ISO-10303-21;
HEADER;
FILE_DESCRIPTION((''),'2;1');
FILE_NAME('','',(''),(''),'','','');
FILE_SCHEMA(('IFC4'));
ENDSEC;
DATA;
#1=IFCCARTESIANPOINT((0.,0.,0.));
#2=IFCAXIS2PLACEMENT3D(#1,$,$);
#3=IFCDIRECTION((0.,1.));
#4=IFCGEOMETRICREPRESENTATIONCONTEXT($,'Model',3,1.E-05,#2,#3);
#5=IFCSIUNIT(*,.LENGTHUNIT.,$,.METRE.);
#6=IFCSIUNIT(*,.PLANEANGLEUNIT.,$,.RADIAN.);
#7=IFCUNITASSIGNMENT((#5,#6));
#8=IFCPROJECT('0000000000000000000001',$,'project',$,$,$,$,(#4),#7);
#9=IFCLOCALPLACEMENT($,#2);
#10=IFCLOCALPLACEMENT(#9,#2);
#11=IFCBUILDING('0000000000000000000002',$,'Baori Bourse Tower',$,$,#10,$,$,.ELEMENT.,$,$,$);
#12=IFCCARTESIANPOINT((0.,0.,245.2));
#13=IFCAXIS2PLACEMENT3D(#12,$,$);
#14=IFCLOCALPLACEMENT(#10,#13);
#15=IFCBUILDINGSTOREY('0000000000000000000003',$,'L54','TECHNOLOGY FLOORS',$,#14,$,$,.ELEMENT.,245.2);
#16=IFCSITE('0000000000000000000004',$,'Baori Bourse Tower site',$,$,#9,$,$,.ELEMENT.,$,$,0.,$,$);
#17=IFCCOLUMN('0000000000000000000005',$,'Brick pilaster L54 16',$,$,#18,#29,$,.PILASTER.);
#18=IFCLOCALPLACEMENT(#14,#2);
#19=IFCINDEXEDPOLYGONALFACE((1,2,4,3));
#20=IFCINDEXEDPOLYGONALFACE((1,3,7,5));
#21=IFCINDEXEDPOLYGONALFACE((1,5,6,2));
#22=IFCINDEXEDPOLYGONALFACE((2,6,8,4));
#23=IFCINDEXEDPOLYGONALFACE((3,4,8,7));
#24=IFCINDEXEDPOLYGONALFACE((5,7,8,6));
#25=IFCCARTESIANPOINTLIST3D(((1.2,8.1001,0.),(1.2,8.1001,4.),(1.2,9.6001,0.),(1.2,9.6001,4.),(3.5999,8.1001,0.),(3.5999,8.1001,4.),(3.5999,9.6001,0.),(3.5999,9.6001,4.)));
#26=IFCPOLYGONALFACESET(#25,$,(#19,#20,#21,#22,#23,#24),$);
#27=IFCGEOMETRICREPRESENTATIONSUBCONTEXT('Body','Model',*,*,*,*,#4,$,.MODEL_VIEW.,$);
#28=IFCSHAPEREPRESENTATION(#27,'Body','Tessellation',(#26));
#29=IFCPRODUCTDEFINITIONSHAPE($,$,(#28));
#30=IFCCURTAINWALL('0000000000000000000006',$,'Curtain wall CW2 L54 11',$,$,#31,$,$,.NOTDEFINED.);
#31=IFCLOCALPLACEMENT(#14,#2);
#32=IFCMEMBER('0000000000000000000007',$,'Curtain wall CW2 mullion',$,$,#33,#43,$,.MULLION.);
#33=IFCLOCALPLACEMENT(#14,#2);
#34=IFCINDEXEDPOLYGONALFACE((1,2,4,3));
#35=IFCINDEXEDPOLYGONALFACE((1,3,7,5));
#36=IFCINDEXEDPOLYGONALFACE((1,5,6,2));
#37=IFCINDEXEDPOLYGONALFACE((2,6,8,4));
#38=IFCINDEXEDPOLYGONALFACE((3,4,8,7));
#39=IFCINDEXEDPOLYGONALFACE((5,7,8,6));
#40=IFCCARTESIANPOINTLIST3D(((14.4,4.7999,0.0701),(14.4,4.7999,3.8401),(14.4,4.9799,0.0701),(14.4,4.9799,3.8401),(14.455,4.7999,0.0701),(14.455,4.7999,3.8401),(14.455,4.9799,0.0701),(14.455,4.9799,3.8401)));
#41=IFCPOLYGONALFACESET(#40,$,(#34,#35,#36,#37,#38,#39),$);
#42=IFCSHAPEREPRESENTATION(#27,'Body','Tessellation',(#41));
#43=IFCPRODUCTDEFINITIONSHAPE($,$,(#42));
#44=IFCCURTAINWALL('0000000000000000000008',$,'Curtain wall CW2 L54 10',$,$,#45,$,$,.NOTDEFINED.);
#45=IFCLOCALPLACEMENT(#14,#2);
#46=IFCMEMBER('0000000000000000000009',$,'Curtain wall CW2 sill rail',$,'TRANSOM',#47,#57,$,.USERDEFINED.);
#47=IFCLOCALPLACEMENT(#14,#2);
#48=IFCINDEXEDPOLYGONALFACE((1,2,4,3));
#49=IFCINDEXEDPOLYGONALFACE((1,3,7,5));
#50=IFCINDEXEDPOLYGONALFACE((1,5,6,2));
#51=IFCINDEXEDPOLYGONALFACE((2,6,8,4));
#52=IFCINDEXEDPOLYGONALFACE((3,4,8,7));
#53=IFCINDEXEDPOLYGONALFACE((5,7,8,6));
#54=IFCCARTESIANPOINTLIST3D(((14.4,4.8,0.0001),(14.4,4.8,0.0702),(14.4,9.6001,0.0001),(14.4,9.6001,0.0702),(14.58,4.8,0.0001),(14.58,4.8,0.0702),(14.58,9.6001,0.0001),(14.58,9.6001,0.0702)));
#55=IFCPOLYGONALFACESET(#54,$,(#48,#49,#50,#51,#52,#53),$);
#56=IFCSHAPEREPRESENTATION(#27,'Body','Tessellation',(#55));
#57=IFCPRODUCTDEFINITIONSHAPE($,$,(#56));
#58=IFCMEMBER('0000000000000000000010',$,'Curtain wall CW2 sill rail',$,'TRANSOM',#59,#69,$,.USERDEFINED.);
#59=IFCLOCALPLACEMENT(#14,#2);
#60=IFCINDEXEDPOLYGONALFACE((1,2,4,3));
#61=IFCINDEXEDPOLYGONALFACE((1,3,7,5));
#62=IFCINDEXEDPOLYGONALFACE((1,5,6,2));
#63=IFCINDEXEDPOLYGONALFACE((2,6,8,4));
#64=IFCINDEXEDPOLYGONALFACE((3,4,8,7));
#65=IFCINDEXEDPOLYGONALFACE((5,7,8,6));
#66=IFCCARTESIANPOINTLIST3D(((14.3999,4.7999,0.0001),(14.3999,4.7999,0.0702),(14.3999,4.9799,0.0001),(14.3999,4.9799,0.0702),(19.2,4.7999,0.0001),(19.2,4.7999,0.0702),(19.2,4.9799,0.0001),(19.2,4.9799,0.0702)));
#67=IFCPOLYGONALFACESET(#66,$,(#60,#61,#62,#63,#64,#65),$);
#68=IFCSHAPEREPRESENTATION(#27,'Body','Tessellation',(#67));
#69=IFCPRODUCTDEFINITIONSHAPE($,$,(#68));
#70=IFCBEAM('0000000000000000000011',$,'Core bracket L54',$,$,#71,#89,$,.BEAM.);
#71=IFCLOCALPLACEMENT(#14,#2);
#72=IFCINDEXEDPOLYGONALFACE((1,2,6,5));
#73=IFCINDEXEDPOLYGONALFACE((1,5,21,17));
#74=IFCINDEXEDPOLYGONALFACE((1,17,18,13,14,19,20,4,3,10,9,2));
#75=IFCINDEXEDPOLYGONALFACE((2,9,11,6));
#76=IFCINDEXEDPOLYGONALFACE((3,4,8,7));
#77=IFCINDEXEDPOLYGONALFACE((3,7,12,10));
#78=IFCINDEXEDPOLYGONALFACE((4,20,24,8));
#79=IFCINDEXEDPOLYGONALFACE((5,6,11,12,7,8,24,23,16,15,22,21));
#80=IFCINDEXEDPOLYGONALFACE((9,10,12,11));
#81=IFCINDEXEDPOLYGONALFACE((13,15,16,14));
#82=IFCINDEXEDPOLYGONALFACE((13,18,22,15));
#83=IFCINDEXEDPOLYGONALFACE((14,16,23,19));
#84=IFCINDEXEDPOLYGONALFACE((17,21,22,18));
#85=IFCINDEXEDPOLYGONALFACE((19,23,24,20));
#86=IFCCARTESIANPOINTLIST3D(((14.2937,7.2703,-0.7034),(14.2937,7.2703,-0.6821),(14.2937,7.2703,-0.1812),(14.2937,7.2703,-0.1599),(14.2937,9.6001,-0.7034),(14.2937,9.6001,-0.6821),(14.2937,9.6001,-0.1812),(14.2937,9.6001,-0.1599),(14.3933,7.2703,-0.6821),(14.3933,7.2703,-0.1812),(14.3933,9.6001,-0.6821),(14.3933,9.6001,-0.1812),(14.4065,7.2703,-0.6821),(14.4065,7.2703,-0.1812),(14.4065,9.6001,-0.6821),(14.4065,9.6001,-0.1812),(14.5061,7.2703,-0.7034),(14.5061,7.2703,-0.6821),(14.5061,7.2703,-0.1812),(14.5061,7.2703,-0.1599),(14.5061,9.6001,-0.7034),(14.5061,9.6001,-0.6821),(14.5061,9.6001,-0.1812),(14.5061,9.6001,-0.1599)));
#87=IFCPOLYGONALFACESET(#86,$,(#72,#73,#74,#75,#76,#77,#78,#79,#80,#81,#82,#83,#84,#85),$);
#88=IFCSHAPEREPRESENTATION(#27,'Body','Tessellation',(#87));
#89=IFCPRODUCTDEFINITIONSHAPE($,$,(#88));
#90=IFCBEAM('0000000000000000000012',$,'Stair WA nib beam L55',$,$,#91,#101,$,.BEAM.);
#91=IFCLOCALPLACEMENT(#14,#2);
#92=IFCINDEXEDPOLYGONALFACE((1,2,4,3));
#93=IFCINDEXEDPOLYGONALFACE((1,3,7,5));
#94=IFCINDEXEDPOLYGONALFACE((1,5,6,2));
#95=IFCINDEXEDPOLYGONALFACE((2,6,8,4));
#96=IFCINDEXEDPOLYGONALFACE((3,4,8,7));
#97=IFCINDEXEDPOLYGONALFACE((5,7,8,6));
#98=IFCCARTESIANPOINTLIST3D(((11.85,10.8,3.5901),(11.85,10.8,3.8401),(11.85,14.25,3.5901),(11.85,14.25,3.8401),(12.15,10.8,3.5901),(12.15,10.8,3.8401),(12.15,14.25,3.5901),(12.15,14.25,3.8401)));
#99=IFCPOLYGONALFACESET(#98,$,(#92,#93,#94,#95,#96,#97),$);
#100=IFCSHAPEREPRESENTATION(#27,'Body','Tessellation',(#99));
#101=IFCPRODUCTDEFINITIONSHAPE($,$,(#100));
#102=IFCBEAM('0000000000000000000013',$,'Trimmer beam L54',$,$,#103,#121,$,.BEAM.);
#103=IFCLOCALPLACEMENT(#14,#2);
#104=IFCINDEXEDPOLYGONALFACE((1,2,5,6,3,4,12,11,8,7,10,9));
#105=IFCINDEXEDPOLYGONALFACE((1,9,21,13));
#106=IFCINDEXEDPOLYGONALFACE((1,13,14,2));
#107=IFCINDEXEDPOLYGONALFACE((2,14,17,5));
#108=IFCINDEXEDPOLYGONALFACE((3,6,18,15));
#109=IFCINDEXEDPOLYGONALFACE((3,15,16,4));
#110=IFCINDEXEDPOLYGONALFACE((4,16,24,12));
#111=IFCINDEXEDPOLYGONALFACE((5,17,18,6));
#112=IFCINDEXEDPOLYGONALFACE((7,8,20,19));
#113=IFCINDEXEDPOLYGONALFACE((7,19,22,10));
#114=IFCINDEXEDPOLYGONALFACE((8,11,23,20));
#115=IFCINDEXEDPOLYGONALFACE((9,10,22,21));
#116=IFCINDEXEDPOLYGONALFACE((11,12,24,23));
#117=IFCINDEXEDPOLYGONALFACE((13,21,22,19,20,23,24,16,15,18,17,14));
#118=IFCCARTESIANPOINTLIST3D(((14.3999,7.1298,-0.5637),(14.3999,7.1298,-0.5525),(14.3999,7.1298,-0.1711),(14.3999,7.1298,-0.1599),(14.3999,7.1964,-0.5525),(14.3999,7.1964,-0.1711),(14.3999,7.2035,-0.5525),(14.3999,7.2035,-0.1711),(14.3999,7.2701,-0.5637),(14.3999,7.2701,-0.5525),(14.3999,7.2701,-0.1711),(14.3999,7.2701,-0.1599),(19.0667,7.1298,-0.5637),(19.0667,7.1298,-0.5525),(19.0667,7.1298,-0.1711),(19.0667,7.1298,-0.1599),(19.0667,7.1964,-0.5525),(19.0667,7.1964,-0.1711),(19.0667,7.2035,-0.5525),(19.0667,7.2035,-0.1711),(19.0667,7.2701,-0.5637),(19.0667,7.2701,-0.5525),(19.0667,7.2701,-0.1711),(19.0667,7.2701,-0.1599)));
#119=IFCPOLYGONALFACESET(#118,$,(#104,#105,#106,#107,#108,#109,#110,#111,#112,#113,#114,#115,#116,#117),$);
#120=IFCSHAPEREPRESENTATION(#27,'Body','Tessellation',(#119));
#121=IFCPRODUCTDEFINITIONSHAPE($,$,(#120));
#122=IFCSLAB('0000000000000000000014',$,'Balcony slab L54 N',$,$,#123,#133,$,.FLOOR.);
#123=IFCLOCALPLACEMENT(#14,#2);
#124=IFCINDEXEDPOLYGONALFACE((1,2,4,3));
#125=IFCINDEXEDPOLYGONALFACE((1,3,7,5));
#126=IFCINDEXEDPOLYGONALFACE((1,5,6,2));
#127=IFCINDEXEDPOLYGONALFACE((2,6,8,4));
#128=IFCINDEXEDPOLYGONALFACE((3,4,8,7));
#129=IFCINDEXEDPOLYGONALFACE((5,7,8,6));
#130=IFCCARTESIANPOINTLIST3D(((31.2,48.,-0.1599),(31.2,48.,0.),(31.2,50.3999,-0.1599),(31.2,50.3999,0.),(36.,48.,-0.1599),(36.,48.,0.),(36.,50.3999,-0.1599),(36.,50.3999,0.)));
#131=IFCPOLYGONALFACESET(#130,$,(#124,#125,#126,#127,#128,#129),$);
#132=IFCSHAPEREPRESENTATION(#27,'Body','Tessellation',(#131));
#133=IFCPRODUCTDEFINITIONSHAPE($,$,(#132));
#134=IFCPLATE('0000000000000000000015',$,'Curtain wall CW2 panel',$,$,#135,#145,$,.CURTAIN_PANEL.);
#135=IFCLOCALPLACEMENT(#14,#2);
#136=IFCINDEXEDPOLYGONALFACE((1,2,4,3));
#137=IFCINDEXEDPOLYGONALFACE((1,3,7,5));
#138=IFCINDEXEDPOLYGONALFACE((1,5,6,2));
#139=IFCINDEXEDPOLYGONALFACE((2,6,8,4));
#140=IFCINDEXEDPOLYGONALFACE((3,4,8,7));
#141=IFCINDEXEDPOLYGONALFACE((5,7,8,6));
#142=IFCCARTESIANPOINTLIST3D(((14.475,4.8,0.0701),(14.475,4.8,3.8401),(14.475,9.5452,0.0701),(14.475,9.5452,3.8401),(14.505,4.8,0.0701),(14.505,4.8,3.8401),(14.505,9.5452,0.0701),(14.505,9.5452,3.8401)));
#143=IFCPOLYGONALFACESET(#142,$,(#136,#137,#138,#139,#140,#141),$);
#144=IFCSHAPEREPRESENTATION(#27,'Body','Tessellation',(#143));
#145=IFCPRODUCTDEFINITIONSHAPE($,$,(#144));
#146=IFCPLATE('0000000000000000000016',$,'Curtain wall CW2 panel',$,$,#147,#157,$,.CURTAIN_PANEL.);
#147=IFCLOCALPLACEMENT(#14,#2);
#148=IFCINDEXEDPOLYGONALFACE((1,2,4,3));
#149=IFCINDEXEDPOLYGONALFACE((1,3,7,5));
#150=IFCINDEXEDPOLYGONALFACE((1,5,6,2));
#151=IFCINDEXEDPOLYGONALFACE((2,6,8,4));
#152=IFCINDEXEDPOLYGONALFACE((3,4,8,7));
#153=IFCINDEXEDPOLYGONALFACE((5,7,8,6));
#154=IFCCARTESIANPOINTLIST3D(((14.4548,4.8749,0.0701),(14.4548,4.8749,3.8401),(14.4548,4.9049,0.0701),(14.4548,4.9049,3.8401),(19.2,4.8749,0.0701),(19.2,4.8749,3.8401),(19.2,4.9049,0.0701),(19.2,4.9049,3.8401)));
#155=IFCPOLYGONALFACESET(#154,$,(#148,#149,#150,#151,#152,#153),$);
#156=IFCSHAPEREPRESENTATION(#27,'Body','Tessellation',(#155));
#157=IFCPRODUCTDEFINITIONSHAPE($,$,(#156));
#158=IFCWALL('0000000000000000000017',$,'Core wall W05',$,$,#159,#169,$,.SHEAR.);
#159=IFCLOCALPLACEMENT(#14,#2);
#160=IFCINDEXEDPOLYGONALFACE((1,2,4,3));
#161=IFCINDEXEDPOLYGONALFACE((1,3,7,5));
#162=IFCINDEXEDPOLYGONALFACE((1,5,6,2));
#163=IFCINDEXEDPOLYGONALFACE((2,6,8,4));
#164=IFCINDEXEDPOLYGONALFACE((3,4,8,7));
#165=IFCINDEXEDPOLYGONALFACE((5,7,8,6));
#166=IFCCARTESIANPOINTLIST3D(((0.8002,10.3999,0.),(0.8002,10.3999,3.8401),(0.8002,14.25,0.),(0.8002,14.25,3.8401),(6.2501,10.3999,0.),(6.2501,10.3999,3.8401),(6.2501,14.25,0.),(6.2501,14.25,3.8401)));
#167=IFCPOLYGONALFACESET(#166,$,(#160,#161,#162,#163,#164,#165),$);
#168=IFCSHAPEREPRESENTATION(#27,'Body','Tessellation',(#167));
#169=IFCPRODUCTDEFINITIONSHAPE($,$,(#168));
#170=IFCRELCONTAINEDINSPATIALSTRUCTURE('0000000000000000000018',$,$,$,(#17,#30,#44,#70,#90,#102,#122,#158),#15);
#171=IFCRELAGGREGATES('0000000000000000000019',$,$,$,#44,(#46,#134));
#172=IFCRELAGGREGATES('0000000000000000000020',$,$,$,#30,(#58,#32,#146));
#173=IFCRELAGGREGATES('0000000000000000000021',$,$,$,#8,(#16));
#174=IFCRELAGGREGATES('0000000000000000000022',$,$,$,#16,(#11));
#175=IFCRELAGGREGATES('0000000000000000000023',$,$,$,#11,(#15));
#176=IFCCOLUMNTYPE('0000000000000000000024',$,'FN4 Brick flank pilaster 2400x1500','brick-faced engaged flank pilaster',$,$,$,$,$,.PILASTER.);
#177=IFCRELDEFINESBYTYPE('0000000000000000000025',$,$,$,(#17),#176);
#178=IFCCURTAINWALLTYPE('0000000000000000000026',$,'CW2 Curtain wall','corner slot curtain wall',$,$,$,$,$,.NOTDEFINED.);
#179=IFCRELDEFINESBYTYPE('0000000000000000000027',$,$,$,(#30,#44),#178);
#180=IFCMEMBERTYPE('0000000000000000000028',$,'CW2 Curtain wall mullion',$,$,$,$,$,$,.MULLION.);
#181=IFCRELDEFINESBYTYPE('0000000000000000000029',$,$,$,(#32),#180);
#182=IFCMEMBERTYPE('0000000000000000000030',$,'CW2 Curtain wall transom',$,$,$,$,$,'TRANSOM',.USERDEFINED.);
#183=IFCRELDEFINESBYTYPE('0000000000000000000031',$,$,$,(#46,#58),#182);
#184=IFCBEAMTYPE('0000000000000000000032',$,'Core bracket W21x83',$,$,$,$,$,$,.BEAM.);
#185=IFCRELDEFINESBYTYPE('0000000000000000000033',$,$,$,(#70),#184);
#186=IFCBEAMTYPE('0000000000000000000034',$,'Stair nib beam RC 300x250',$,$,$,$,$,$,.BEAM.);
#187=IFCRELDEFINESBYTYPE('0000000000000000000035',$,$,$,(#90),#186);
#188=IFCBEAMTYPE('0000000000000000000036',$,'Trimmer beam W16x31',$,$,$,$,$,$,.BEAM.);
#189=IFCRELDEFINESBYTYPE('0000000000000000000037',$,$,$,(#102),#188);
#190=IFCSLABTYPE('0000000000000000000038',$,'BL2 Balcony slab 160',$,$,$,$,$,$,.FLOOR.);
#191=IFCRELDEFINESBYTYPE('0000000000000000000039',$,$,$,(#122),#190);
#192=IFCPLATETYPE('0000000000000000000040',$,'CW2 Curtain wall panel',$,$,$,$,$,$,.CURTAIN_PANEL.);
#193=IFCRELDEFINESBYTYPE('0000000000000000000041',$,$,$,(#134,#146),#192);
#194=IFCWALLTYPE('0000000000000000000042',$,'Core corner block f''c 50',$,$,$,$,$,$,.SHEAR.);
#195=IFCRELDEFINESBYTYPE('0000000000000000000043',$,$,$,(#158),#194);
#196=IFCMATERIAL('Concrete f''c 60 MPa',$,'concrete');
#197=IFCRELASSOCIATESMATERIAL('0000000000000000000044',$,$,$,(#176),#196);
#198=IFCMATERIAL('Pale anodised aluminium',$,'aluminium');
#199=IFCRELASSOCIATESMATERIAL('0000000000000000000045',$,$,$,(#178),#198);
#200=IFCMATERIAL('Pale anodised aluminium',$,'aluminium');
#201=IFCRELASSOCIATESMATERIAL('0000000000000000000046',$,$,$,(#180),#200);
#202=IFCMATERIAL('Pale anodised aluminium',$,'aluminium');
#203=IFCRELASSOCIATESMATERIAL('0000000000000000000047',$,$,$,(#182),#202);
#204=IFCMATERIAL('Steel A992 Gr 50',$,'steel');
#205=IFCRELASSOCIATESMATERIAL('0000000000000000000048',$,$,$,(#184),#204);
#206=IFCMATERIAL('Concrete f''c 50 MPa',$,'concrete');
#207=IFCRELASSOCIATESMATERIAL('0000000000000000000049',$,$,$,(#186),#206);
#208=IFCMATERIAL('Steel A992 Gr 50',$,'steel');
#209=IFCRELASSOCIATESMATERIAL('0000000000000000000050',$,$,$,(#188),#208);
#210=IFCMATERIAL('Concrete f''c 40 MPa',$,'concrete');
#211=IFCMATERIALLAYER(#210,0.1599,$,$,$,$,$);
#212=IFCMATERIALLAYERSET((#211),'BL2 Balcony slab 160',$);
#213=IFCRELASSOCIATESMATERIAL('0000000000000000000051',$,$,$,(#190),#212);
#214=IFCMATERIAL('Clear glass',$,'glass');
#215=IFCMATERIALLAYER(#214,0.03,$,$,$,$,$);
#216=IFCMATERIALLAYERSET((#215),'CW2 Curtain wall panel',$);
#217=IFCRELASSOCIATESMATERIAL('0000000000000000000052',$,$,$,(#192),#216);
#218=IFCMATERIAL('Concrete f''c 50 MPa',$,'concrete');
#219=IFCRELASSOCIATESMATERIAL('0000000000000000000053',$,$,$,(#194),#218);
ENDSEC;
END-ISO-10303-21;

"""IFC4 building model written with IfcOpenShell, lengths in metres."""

from ifc_helpers import new_model, si_unit, direction, frame, frame_2d, origin, origin_2d, place, context, subcontext, project, spatial, polyline, rectangle, i_section, outline, extrude, material, layer, layer_set, material_profile, profile_set, type_object, element, aggregate, save


model = new_model("IFC4")

# Units and contexts
model_context = context("Model", 3, precision=1e-05, world=origin(), true_north=direction((0.0, 1.0)))
body_context = subcontext(model_context, "Body", "Model", "MODEL_VIEW")
ifc_project = project(units=[si_unit("LENGTHUNIT", "METRE"), si_unit("PLANEANGLEUNIT", "RADIAN")], contexts=[model_context])

# Site, building, storey
site_placement = place(None, origin())
site = spatial("IfcSite", under=ifc_project, at=site_placement, Name="Baori Bourse Tower site", CompositionType="ELEMENT", RefElevation=0.0)
building_placement = place(site_placement, origin())
building = spatial("IfcBuilding", under=site, at=building_placement, Name="Baori Bourse Tower", CompositionType="ELEMENT")
storey_placement = place(building_placement, frame((0.0, 0.0, 245.2)))
storey = spatial("IfcBuildingStorey", under=building, at=storey_placement, Name="L54", Description="TECHNOLOGY FLOORS", CompositionType="ELEMENT", Elevation=245.2)

# Column
ifc_material_1 = material(Name="Concrete f'c 60 MPa", Category="concrete")
ifc_material_profile_1 = material_profile(ifc_material_1, rectangle(XDim=2.3999, YDim=1.5, at=origin_2d()), Name="RC 2400x1500")
ifc_profile_set_1 = profile_set([ifc_material_profile_1], Name="Concrete f'c 60 MPa")
column_type = type_object("IfcColumnType", Name="FN4 Brick flank pilaster 2400x1500", Description="brick-faced engaged flank pilaster", PredefinedType="PILASTER", material=ifc_profile_set_1)
column_placement = place(storey_placement, frame((2.3999, 8.8501, 0.0), z_axis=(0.0, 0.0, 1.0), x_axis=(1.0, 0.0, 0.0)))
element("IfcColumn", 1, at=column_placement, inside=storey, type_object=column_type, Name="Brick pilaster L54 16", PredefinedType="PILASTER", context=body_context, shape_type="SweptSolid", body=[
    extrude(rectangle(XDim=2.3999, YDim=1.5, at=origin_2d()), origin(), (0.0, 0.0, 1.0), 4.0),
])

# Curtain walls, members
ifc_material_2 = material(Name="Pale anodised aluminium", Category="aluminium")
curtain_wall_type = type_object("IfcCurtainWallType", Name="CW2 Curtain wall", Description="corner slot curtain wall", PredefinedType="NOTDEFINED", material=ifc_material_2)
curtain_wall_1_placement = place(storey_placement, origin())
curtain_wall_1 = element("IfcCurtainWall", 2, at=curtain_wall_1_placement, inside=storey, type_object=curtain_wall_type, Name="Curtain wall CW2 L54 11", PredefinedType="NOTDEFINED")
ifc_material_3 = material(Name="Pale anodised aluminium", Category="aluminium")
ifc_material_profile_2 = material_profile(ifc_material_3, rectangle(XDim=0.1799, YDim=0.0549, at=origin_2d()), Name="Mullion 55x180")
ifc_profile_set_2 = profile_set([ifc_material_profile_2], Name="Pale anodised aluminium")
member_type_1 = type_object("IfcMemberType", Name="CW2 Curtain wall mullion", PredefinedType="MULLION", material=ifc_profile_set_2)
member_1_placement = place(storey_placement, frame((14.4275, 4.8899, 0.0701), z_axis=(0.0, 0.0, 1.0), x_axis=(0.0, 1.0, 0.0)))
member_1 = element("IfcMember", 3, at=member_1_placement, type_object=member_type_1, Name="Curtain wall CW2 mullion", PredefinedType="MULLION", context=body_context, shape_type="SweptSolid", body=[
    extrude(rectangle(XDim=0.1799, YDim=0.0549, at=origin_2d()), origin(), (0.0, 0.0, 1.0), 3.77),
])
curtain_wall_2_placement = place(storey_placement, origin())
curtain_wall_2 = element("IfcCurtainWall", 4, at=curtain_wall_2_placement, inside=storey, type_object=curtain_wall_type, Name="Curtain wall CW2 L54 10", PredefinedType="NOTDEFINED")
ifc_material_4 = material(Name="Pale anodised aluminium", Category="aluminium")
ifc_material_profile_3 = material_profile(ifc_material_4, rectangle(XDim=0.1799, YDim=0.0701, at=origin_2d()), Name="Transom 70x180")
ifc_profile_set_3 = profile_set([ifc_material_profile_3], Name="Pale anodised aluminium")
member_type_2 = type_object("IfcMemberType", Name="CW2 Curtain wall transom", ElementType="TRANSOM", PredefinedType="USERDEFINED", material=ifc_profile_set_3)
member_2_placement = place(storey_placement, frame((14.49, 9.6001, 0.0352), z_axis=(0.0, -1.0, 0.0), x_axis=(1.0, 0.0, 0.0)))
member_2 = element("IfcMember", 5, at=member_2_placement, type_object=member_type_2, Name="Curtain wall CW2 sill rail", ObjectType="TRANSOM", PredefinedType="USERDEFINED", context=body_context, shape_type="SweptSolid", body=[
    extrude(rectangle(XDim=0.1799, YDim=0.0701, at=origin_2d()), origin(), (0.0, 0.0, 1.0), 4.8),
])

# Member
member_3_placement = place(storey_placement, frame((14.3999, 4.8899, 0.0352), z_axis=(1.0, 0.0, 0.0), x_axis=(0.0, 1.0, 0.0)))
member_3 = element("IfcMember", 6, at=member_3_placement, type_object=member_type_2, Name="Curtain wall CW2 sill rail", ObjectType="TRANSOM", PredefinedType="USERDEFINED", context=body_context, shape_type="SweptSolid", body=[
    extrude(rectangle(XDim=0.1799, YDim=0.0701, at=origin_2d()), origin(), (0.0, 0.0, 1.0), 4.8),
])

# Beams
ifc_material_5 = material(Name="Steel A992 Gr 50", Category="steel")
ifc_material_profile_4 = material_profile(ifc_material_5, i_section(OverallWidth=0.2124, OverallDepth=0.5435, WebThickness=0.0132, FlangeThickness=0.0212, at=origin_2d()), Name="W21x83")
ifc_profile_set_4 = profile_set([ifc_material_profile_4], Name="Steel A992 Gr 50")
beam_type_1 = type_object("IfcBeamType", Name="Core bracket W21x83", PredefinedType="BEAM", material=ifc_profile_set_4)
beam_1_placement = place(storey_placement, frame((14.3999, 7.2703, -0.4316), z_axis=(0.0, 1.0, 0.0), x_axis=(-1.0, 0.0, 0.0)))
element("IfcBeam", 7, at=beam_1_placement, inside=storey, type_object=beam_type_1, Name="Core bracket L54", PredefinedType="BEAM", context=body_context, shape_type="SweptSolid", body=[
    extrude(i_section(OverallWidth=0.2124, OverallDepth=0.5435, WebThickness=0.0132, FlangeThickness=0.0212, at=origin_2d()), origin(), (0.0, 0.0, 1.0), 2.3298),
])
ifc_material_6 = material(Name="Concrete f'c 50 MPa", Category="concrete")
ifc_material_profile_5 = material_profile(ifc_material_6, rectangle(XDim=0.3, YDim=0.25, at=origin_2d()), Name="RC 300x250")
ifc_profile_set_5 = profile_set([ifc_material_profile_5], Name="Concrete f'c 50 MPa")
beam_type_2 = type_object("IfcBeamType", Name="Stair nib beam RC 300x250", PredefinedType="BEAM", material=ifc_profile_set_5)
beam_2_placement = place(storey_placement, frame((12.0, 10.8, 3.7151), z_axis=(0.0, 1.0, 0.0), x_axis=(-1.0, 0.0, 0.0)))
element("IfcBeam", 8, at=beam_2_placement, inside=storey, type_object=beam_type_2, Name="Stair WA nib beam L55", PredefinedType="BEAM", context=body_context, shape_type="SweptSolid", body=[
    extrude(rectangle(XDim=0.3, YDim=0.25, at=origin_2d()), origin(), (0.0, 0.0, 1.0), 3.45),
])
ifc_material_7 = material(Name="Steel A992 Gr 50", Category="steel")
ifc_material_profile_6 = material_profile(ifc_material_7, i_section(OverallWidth=0.1404, OverallDepth=0.4038, WebThickness=0.0071, FlangeThickness=0.0112, at=origin_2d()), Name="W16x31")
ifc_profile_set_6 = profile_set([ifc_material_profile_6], Name="Steel A992 Gr 50")
beam_type_3 = type_object("IfcBeamType", Name="Trimmer beam W16x31", PredefinedType="BEAM", material=ifc_profile_set_6)
beam_3_placement = place(storey_placement, frame((14.3999, 7.2, -0.3618), z_axis=(1.0, 0.0, 0.0), x_axis=(0.0, 1.0, 0.0)))
element("IfcBeam", 9, at=beam_3_placement, inside=storey, type_object=beam_type_3, Name="Trimmer beam L54", PredefinedType="BEAM", context=body_context, shape_type="SweptSolid", body=[
    extrude(i_section(OverallWidth=0.1404, OverallDepth=0.4038, WebThickness=0.0071, FlangeThickness=0.0112, at=origin_2d()), origin(), (0.0, 0.0, 1.0), 4.6667),
])

# Slab
ifc_material_8 = material(Name="Concrete f'c 40 MPa", Category="concrete")
ifc_layer_1 = layer(ifc_material_8, 0.1599)
ifc_layer_set_1 = layer_set([ifc_layer_1], Name="BL2 Balcony slab 160")
slab_type = type_object("IfcSlabType", Name="BL2 Balcony slab 160", PredefinedType="FLOOR", material=ifc_layer_set_1)
slab_placement = place(storey_placement, frame((0.0, 0.0, -0.1599)))
element("IfcSlab", 10, at=slab_placement, inside=storey, type_object=slab_type, Name="Balcony slab L54 N", PredefinedType="FLOOR", context=body_context, shape_type="SweptSolid", body=[
    extrude(outline(polyline([(31.2, 48.0), (36.0, 48.0), (36.0, 50.3999), (31.2, 50.3999), (31.2, 48.0)])), origin(), (0.0, 0.0, 1.0), 0.1599),
])

# Plates
ifc_material_9 = material(Name="Clear glass", Category="glass")
ifc_layer_2 = layer(ifc_material_9, 0.03)
ifc_layer_set_2 = layer_set([ifc_layer_2], Name="CW2 Curtain wall panel")
plate_type = type_object("IfcPlateType", Name="CW2 Curtain wall panel", PredefinedType="CURTAIN_PANEL", material=ifc_layer_set_2)
plate_1_placement = place(storey_placement, frame((14.49, 7.1726, 0.0701), z_axis=(0.0, 0.0, 1.0), x_axis=(0.0, -1.0, 0.0)))
plate_1 = element("IfcPlate", 11, at=plate_1_placement, type_object=plate_type, Name="Curtain wall CW2 panel", PredefinedType="CURTAIN_PANEL", context=body_context, shape_type="SweptSolid", body=[
    extrude(rectangle(XDim=4.7451, YDim=0.03, at=origin_2d()), origin(), (0.0, 0.0, 1.0), 3.77),
])
aggregate(curtain_wall_2, [member_2, plate_1])
plate_2_placement = place(storey_placement, frame((16.8274, 4.8899, 0.0701), z_axis=(0.0, 0.0, 1.0), x_axis=(1.0, 0.0, 0.0)))
plate_2 = element("IfcPlate", 12, at=plate_2_placement, type_object=plate_type, Name="Curtain wall CW2 panel", PredefinedType="CURTAIN_PANEL", context=body_context, shape_type="SweptSolid", body=[
    extrude(rectangle(XDim=4.7451, YDim=0.03, at=origin_2d()), origin(), (0.0, 0.0, 1.0), 3.77),
])
aggregate(curtain_wall_1, [member_3, member_1, plate_2])

# Wall
ifc_material_10 = material(Name="Concrete f'c 50 MPa", Category="concrete")
wall_type_1 = type_object("IfcWallType", Name="Core corner block f'c 50", PredefinedType="SHEAR", material=ifc_material_10)
wall_1_placement = place(storey_placement, frame((0.8, 12.325, 0.0), z_axis=(0.0, 0.0, 1.0), x_axis=(1.0, 0.0, 0.0)))
element("IfcWall", 13, at=wall_1_placement, inside=storey, type_object=wall_type_1, Name="Core wall W05", PredefinedType="SHEAR", context=body_context, shape_type="SweptSolid", body=[
    extrude(rectangle(XDim=5.45, YDim=3.8501, at=frame_2d((2.7251, 0.0))), origin(), (0.0, 0.0, 1.0), 3.8401),
])

save(model, "model.ifc")
